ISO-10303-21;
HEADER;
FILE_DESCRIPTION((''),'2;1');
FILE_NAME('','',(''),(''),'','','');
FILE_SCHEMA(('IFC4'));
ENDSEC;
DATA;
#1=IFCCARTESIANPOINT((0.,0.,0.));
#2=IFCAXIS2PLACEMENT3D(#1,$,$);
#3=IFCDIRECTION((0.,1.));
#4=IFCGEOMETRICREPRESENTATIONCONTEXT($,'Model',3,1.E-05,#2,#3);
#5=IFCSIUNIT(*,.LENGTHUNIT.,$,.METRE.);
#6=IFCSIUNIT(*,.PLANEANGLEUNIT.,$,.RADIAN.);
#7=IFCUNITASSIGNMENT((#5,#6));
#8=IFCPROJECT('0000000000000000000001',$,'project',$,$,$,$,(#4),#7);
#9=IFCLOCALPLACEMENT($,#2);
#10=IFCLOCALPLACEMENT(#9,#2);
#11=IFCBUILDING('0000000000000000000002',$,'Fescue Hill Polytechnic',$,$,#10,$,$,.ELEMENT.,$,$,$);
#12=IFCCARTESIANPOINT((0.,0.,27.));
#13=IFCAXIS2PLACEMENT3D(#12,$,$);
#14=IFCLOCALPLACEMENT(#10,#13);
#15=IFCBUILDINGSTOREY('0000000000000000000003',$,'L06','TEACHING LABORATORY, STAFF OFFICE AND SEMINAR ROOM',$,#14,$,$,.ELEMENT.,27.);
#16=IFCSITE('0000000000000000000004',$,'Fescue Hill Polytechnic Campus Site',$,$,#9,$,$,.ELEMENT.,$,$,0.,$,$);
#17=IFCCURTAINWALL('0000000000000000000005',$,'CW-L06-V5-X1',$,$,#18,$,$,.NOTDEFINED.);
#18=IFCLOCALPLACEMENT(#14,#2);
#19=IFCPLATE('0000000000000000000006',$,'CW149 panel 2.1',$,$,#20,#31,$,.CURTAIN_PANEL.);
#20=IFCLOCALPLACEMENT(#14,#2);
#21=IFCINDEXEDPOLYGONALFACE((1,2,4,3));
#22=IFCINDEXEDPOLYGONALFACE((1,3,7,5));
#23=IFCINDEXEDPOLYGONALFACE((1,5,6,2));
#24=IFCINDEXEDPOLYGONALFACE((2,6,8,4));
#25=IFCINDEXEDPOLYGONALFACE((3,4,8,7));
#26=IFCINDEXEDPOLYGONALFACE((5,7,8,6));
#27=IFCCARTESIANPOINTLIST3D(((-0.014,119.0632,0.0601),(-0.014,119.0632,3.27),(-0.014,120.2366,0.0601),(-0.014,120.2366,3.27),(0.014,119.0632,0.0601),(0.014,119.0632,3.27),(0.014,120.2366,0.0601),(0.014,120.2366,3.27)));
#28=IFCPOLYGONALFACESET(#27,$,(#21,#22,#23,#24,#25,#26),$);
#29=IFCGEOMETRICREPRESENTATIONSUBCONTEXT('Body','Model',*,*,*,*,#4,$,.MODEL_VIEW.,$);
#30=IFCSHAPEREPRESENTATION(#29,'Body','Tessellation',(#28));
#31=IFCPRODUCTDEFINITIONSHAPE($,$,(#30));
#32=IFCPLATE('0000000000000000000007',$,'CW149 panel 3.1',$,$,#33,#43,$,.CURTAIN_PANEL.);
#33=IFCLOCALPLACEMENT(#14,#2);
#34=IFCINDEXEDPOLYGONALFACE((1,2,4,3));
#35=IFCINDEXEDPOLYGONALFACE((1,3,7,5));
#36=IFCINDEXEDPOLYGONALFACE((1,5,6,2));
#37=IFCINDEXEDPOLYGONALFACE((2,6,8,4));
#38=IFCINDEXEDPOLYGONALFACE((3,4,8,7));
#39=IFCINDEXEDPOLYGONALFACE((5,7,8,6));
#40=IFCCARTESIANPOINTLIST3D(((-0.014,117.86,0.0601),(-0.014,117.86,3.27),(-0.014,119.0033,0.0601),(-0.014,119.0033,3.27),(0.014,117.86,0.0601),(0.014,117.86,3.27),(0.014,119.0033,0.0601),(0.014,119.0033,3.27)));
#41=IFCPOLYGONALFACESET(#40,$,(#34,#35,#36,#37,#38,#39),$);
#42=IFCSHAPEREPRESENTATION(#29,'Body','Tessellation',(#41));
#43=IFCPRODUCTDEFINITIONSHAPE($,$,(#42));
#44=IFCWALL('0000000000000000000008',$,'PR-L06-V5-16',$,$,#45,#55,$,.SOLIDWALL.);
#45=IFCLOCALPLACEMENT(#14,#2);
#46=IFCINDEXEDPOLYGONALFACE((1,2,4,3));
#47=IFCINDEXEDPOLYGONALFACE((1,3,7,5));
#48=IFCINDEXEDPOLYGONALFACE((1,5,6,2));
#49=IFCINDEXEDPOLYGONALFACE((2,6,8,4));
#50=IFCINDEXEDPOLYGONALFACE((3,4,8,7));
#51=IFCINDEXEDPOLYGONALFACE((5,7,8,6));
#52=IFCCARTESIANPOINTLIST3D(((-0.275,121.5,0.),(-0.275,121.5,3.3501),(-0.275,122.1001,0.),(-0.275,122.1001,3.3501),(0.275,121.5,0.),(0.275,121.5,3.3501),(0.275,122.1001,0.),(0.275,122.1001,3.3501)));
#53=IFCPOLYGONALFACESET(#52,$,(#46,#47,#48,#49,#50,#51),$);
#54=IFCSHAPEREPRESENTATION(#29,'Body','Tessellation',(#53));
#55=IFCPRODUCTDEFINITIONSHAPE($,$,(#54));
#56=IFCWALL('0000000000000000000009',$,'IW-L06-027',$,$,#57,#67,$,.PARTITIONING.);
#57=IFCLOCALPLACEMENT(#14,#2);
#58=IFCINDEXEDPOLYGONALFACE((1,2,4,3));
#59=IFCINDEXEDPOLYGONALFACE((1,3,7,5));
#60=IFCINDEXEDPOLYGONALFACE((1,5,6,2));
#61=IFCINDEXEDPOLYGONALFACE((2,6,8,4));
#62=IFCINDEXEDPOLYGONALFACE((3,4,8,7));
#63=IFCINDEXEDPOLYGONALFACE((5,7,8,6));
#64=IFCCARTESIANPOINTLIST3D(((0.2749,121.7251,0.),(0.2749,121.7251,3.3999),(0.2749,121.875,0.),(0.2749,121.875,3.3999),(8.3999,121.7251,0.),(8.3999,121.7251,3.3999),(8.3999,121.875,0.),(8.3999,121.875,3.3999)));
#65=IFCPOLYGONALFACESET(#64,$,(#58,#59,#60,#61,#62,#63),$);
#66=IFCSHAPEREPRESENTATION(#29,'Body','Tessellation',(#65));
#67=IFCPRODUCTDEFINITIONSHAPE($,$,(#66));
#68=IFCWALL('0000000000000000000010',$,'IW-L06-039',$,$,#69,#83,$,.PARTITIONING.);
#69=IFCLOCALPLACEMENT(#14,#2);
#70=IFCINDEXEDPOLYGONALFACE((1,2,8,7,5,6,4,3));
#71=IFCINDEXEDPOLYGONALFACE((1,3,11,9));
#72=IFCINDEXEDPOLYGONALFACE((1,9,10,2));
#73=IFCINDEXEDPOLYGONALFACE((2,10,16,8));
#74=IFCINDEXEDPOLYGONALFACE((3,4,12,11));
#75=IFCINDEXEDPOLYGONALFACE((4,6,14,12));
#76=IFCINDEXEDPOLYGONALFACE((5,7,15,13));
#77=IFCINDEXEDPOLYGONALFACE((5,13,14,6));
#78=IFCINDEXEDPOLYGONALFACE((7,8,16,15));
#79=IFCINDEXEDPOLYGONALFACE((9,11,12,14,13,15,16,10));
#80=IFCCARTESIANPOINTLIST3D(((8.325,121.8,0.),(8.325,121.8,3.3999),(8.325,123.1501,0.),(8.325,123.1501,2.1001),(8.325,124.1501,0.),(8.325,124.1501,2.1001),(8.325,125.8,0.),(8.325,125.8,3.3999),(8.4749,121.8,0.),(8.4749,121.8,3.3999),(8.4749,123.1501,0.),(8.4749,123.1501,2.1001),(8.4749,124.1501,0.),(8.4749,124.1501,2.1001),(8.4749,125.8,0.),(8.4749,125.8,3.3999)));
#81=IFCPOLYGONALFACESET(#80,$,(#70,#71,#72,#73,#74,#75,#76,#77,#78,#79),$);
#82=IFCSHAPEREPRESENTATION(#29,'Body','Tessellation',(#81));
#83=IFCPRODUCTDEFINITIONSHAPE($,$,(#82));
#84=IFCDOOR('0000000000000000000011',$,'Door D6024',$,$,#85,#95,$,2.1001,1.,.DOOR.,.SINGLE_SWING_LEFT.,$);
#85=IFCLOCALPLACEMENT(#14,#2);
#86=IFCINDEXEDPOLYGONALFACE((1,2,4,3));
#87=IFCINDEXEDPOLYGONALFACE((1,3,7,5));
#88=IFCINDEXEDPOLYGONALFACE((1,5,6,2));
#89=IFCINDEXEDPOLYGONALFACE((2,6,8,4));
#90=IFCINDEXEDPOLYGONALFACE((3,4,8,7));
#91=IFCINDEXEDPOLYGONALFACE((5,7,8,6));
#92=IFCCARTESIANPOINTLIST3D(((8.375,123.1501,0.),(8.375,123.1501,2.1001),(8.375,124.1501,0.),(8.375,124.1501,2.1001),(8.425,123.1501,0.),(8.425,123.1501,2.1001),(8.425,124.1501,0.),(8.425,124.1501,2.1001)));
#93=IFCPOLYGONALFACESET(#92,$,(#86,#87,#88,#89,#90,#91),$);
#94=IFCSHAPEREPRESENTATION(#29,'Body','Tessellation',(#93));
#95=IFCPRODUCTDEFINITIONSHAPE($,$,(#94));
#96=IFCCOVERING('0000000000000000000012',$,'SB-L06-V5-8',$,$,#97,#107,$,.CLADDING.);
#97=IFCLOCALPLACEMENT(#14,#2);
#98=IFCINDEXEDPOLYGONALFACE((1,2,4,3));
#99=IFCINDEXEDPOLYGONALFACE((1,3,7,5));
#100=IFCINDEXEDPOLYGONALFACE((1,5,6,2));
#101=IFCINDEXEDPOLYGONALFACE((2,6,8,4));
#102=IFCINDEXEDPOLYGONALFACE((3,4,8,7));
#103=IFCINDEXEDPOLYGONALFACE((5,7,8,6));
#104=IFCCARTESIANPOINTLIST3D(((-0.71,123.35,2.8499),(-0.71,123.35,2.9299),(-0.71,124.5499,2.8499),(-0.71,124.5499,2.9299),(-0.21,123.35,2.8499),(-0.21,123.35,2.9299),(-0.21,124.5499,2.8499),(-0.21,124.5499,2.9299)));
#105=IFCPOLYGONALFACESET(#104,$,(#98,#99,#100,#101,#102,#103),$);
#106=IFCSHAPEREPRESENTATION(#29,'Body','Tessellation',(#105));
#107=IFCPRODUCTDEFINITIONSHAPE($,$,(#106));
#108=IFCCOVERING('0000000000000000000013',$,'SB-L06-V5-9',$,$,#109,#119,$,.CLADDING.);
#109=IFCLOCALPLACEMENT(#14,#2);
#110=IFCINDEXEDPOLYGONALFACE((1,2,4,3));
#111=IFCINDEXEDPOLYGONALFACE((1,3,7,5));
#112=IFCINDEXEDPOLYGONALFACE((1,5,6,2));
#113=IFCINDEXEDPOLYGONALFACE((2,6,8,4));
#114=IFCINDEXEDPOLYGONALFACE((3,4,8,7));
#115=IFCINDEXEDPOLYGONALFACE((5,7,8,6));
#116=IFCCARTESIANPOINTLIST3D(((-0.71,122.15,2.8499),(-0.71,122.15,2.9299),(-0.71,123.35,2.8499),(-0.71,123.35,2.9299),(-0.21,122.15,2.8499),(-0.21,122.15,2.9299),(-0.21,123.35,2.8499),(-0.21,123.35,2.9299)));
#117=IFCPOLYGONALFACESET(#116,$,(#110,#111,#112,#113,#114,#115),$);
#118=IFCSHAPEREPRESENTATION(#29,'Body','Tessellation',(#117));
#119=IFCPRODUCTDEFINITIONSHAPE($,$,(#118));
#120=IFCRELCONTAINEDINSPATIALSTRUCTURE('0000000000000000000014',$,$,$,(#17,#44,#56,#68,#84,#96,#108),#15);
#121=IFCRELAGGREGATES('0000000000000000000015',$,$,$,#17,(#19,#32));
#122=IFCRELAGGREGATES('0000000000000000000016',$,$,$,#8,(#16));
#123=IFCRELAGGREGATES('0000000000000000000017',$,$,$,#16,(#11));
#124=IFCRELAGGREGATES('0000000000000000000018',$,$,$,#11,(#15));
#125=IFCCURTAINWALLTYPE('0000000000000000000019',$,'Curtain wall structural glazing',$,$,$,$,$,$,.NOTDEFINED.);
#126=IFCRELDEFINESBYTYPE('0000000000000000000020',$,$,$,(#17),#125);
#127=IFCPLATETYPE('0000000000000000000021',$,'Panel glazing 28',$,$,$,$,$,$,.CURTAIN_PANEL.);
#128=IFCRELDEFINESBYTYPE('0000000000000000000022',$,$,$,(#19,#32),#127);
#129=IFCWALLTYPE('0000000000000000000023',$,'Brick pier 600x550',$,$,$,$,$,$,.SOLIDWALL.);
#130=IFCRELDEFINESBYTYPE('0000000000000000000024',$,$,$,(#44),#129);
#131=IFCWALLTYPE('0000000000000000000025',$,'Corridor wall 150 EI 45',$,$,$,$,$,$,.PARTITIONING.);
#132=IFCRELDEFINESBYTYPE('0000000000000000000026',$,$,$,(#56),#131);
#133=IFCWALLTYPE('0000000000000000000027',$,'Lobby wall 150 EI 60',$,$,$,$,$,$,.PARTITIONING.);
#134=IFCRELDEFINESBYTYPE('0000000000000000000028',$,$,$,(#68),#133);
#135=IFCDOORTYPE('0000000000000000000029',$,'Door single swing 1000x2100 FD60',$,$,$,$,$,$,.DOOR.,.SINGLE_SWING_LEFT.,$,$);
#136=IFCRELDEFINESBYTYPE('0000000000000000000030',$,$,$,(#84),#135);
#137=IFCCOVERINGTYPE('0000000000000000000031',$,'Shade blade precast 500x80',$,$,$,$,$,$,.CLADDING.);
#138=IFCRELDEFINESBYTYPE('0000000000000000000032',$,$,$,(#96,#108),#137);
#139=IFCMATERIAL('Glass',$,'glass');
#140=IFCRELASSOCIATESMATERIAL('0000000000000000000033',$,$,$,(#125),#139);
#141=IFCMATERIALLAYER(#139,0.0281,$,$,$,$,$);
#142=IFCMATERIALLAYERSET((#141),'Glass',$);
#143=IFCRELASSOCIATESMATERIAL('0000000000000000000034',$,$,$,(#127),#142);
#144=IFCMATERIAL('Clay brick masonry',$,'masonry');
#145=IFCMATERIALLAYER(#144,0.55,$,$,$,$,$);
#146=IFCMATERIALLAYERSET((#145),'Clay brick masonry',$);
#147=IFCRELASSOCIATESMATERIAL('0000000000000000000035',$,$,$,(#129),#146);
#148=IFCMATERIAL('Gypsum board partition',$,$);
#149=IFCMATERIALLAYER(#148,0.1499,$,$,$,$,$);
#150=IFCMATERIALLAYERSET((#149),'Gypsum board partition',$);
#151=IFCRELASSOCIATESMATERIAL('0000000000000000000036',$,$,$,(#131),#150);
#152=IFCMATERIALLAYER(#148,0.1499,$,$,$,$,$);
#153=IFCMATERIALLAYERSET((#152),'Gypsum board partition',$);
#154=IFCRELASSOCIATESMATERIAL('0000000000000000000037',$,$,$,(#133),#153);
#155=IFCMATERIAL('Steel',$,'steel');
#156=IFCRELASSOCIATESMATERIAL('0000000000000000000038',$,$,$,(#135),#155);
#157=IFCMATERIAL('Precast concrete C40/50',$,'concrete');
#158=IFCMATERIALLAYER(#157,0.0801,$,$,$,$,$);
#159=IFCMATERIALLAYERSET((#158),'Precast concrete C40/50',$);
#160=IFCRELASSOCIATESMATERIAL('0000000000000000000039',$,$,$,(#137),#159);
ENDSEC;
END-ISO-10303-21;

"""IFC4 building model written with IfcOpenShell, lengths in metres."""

from ifc_helpers import new_model, si_unit, direction, frame, frame_2d, origin, origin_2d, place, context, subcontext, project, spatial, rectangle, extrude, material, layer, layer_set, type_object, element, fill, aggregate, save


model = new_model("IFC4")

# Units and contexts
model_context = context("Model", 3, precision=1e-05, world=origin(), true_north=direction((0.0, 1.0)))
body_context = subcontext(model_context, "Body", "Model", "MODEL_VIEW")
ifc_project = project(units=[si_unit("LENGTHUNIT", "METRE"), si_unit("PLANEANGLEUNIT", "RADIAN")], contexts=[model_context])

# Site, building, storey
site_placement = place(None, origin())
site = spatial("IfcSite", under=ifc_project, at=site_placement, Name="Fescue Hill Polytechnic Campus Site", CompositionType="ELEMENT", RefElevation=0.0)
building_placement = place(site_placement, origin())
building = spatial("IfcBuilding", under=site, at=building_placement, Name="Fescue Hill Polytechnic", CompositionType="ELEMENT")
storey_placement = place(building_placement, frame((0.0, 0.0, 27.0)))
storey = spatial("IfcBuildingStorey", under=building, at=storey_placement, Name="L06", Description="TEACHING LABORATORY, STAFF OFFICE AND SEMINAR ROOM", CompositionType="ELEMENT", Elevation=27.0)

# Curtain wall, plates
ifc_material_1 = material(Name="Glass", Category="glass")
curtain_wall_type = type_object("IfcCurtainWallType", Name="Curtain wall structural glazing", PredefinedType="NOTDEFINED", material=ifc_material_1)
curtain_wall_placement = place(storey_placement, origin())
curtain_wall = element("IfcCurtainWall", 1, at=curtain_wall_placement, inside=storey, type_object=curtain_wall_type, Name="CW-L06-V5-X1", PredefinedType="NOTDEFINED")
ifc_layer_1 = layer(ifc_material_1, 0.0281)
ifc_layer_set_1 = layer_set([ifc_layer_1], Name="Glass")
plate_type = type_object("IfcPlateType", Name="Panel glazing 28", PredefinedType="CURTAIN_PANEL", material=ifc_layer_set_1)
plate_1_placement = place(storey_placement, frame((0.0, 119.6499, 0.0601), z_axis=(0.0, 0.0, 1.0), x_axis=(0.0, -1.0, 0.0)))
plate_1 = element("IfcPlate", 2, at=plate_1_placement, type_object=plate_type, Name="CW149 panel 2.1", PredefinedType="CURTAIN_PANEL", context=body_context, shape_type="SweptSolid", body=[
    extrude(rectangle(XDim=1.1733, YDim=0.0281, at=origin_2d()), origin(), (0.0, 0.0, 1.0), 3.21),
])
plate_2_placement = place(storey_placement, frame((0.0, 118.4316, 0.0601), z_axis=(0.0, 0.0, 1.0), x_axis=(0.0, -1.0, 0.0)))
plate_2 = element("IfcPlate", 3, at=plate_2_placement, type_object=plate_type, Name="CW149 panel 3.1", PredefinedType="CURTAIN_PANEL", context=body_context, shape_type="SweptSolid", body=[
    extrude(rectangle(XDim=1.1433, YDim=0.0281, at=origin_2d()), origin(), (0.0, 0.0, 1.0), 3.21),
])
aggregate(curtain_wall, [plate_1, plate_2])

# Walls
ifc_material_2 = material(Name="Clay brick masonry", Category="masonry")
ifc_layer_2 = layer(ifc_material_2, 0.55)
ifc_layer_set_2 = layer_set([ifc_layer_2], Name="Clay brick masonry")
wall_type_1 = type_object("IfcWallType", Name="Brick pier 600x550", PredefinedType="SOLIDWALL", material=ifc_layer_set_2)
wall_1_placement = place(storey_placement, frame((0.0, 122.1001, 0.0), z_axis=(0.0, 0.0, 1.0), x_axis=(0.0, -1.0, 0.0)))
element("IfcWall", 4, at=wall_1_placement, inside=storey, type_object=wall_type_1, Name="PR-L06-V5-16", PredefinedType="SOLIDWALL", context=body_context, shape_type="SweptSolid", body=[
    extrude(rectangle(XDim=0.6001, YDim=0.55, at=frame_2d((0.3, 0.0))), origin(), (0.0, 0.0, 1.0), 3.3501),
])
ifc_material_3 = material(Name="Gypsum board partition")
ifc_layer_3 = layer(ifc_material_3, 0.1499)
ifc_layer_set_3 = layer_set([ifc_layer_3], Name="Gypsum board partition")
wall_type_2 = type_object("IfcWallType", Name="Corridor wall 150 EI 45", PredefinedType="PARTITIONING", material=ifc_layer_set_3)
wall_2_placement = place(storey_placement, frame((0.2749, 121.8, 0.0), z_axis=(0.0, 0.0, 1.0), x_axis=(1.0, 0.0, 0.0)))
element("IfcWall", 5, at=wall_2_placement, inside=storey, type_object=wall_type_2, Name="IW-L06-027", PredefinedType="PARTITIONING", context=body_context, shape_type="SweptSolid", body=[
    extrude(rectangle(XDim=8.125, YDim=0.1499, at=frame_2d((4.0625, 0.0))), origin(), (0.0, 0.0, 1.0), 3.3999),
])

# Wall, opening, door
ifc_layer_4 = layer(ifc_material_3, 0.1499)
ifc_layer_set_4 = layer_set([ifc_layer_4], Name="Gypsum board partition")
wall_type_3 = type_object("IfcWallType", Name="Lobby wall 150 EI 60", PredefinedType="PARTITIONING", material=ifc_layer_set_4)
wall_3_placement = place(storey_placement, frame((8.3999, 121.8, 0.0), z_axis=(0.0, 0.0, 1.0), x_axis=(0.0, 1.0, 0.0)))
wall_3 = element("IfcWall", 6, at=wall_3_placement, inside=storey, type_object=wall_type_3, Name="IW-L06-039", PredefinedType="PARTITIONING", context=body_context, shape_type="SweptSolid", body=[
    extrude(rectangle(XDim=4.0, YDim=0.1499, at=frame_2d((2.0, 0.0))), origin(), (0.0, 0.0, 1.0), 3.3999),
])
opening_placement = place(wall_3_placement, frame((1.3501, 0.0, 0.0)))
opening = element("IfcOpeningElement", 7, at=opening_placement, cuts=wall_3, PredefinedType="OPENING", context=body_context, shape_type="SweptSolid", body=[
    extrude(rectangle(XDim=1.0, YDim=2.1001, at=frame_2d((0.5, 1.05))), frame((0.0, 0.085, 0.0), z_axis=(0.0, -1.0, 0.0), x_axis=(1.0, 0.0, 0.0)), (0.0, 0.0, 1.0), 0.1699),
])
ifc_material_4 = material(Name="Steel", Category="steel")
door_type = type_object("IfcDoorType", Name="Door single swing 1000x2100 FD60", OperationType="SINGLE_SWING_LEFT", PredefinedType="DOOR", material=ifc_material_4)
door_placement = place(opening_placement, origin())
door = element("IfcDoor", 8, at=door_placement, inside=storey, type_object=door_type, Name="Door D6024", OperationType="SINGLE_SWING_LEFT", OverallHeight=2.1001, OverallWidth=1.0, PredefinedType="DOOR", context=body_context, shape_type="SweptSolid", body=[
    extrude(rectangle(XDim=1.0, YDim=2.1001, at=frame_2d((0.5, 1.05))), frame((0.0, 0.0249, 0.0), z_axis=(0.0, -1.0, 0.0), x_axis=(1.0, 0.0, 0.0)), (0.0, 0.0, 1.0), 0.05),
])
fill(opening, door)

# Coverings
ifc_material_5 = material(Name="Precast concrete C40/50", Category="concrete")
ifc_layer_5 = layer(ifc_material_5, 0.0801)
ifc_layer_set_5 = layer_set([ifc_layer_5], Name="Precast concrete C40/50")
covering_type = type_object("IfcCoveringType", Name="Shade blade precast 500x80", PredefinedType="CLADDING", material=ifc_layer_set_5)
for number, where, z_axis, x_axis, name in (
    (9, (-0.46, 123.95, 2.8499), (0.0, 0.0, 1.0), (0.0, -1.0, 0.0), "SB-L06-V5-8"),
    (10, (-0.46, 122.75, 2.8499), (0.0, 0.0, 1.0), (0.0, -1.0, 0.0), "SB-L06-V5-9"),
):
    element("IfcCovering", number, at=place(storey_placement, frame(where, z_axis=z_axis, x_axis=x_axis)), inside=storey, type_object=covering_type, Name=name, PredefinedType="CLADDING", context=body_context, shape_type="SweptSolid", body=[
        extrude(rectangle(XDim=1.2, YDim=0.5, at=origin_2d()), origin(), (0.0, 0.0, 1.0), 0.0801),
    ])

save(model, "model.ifc")
